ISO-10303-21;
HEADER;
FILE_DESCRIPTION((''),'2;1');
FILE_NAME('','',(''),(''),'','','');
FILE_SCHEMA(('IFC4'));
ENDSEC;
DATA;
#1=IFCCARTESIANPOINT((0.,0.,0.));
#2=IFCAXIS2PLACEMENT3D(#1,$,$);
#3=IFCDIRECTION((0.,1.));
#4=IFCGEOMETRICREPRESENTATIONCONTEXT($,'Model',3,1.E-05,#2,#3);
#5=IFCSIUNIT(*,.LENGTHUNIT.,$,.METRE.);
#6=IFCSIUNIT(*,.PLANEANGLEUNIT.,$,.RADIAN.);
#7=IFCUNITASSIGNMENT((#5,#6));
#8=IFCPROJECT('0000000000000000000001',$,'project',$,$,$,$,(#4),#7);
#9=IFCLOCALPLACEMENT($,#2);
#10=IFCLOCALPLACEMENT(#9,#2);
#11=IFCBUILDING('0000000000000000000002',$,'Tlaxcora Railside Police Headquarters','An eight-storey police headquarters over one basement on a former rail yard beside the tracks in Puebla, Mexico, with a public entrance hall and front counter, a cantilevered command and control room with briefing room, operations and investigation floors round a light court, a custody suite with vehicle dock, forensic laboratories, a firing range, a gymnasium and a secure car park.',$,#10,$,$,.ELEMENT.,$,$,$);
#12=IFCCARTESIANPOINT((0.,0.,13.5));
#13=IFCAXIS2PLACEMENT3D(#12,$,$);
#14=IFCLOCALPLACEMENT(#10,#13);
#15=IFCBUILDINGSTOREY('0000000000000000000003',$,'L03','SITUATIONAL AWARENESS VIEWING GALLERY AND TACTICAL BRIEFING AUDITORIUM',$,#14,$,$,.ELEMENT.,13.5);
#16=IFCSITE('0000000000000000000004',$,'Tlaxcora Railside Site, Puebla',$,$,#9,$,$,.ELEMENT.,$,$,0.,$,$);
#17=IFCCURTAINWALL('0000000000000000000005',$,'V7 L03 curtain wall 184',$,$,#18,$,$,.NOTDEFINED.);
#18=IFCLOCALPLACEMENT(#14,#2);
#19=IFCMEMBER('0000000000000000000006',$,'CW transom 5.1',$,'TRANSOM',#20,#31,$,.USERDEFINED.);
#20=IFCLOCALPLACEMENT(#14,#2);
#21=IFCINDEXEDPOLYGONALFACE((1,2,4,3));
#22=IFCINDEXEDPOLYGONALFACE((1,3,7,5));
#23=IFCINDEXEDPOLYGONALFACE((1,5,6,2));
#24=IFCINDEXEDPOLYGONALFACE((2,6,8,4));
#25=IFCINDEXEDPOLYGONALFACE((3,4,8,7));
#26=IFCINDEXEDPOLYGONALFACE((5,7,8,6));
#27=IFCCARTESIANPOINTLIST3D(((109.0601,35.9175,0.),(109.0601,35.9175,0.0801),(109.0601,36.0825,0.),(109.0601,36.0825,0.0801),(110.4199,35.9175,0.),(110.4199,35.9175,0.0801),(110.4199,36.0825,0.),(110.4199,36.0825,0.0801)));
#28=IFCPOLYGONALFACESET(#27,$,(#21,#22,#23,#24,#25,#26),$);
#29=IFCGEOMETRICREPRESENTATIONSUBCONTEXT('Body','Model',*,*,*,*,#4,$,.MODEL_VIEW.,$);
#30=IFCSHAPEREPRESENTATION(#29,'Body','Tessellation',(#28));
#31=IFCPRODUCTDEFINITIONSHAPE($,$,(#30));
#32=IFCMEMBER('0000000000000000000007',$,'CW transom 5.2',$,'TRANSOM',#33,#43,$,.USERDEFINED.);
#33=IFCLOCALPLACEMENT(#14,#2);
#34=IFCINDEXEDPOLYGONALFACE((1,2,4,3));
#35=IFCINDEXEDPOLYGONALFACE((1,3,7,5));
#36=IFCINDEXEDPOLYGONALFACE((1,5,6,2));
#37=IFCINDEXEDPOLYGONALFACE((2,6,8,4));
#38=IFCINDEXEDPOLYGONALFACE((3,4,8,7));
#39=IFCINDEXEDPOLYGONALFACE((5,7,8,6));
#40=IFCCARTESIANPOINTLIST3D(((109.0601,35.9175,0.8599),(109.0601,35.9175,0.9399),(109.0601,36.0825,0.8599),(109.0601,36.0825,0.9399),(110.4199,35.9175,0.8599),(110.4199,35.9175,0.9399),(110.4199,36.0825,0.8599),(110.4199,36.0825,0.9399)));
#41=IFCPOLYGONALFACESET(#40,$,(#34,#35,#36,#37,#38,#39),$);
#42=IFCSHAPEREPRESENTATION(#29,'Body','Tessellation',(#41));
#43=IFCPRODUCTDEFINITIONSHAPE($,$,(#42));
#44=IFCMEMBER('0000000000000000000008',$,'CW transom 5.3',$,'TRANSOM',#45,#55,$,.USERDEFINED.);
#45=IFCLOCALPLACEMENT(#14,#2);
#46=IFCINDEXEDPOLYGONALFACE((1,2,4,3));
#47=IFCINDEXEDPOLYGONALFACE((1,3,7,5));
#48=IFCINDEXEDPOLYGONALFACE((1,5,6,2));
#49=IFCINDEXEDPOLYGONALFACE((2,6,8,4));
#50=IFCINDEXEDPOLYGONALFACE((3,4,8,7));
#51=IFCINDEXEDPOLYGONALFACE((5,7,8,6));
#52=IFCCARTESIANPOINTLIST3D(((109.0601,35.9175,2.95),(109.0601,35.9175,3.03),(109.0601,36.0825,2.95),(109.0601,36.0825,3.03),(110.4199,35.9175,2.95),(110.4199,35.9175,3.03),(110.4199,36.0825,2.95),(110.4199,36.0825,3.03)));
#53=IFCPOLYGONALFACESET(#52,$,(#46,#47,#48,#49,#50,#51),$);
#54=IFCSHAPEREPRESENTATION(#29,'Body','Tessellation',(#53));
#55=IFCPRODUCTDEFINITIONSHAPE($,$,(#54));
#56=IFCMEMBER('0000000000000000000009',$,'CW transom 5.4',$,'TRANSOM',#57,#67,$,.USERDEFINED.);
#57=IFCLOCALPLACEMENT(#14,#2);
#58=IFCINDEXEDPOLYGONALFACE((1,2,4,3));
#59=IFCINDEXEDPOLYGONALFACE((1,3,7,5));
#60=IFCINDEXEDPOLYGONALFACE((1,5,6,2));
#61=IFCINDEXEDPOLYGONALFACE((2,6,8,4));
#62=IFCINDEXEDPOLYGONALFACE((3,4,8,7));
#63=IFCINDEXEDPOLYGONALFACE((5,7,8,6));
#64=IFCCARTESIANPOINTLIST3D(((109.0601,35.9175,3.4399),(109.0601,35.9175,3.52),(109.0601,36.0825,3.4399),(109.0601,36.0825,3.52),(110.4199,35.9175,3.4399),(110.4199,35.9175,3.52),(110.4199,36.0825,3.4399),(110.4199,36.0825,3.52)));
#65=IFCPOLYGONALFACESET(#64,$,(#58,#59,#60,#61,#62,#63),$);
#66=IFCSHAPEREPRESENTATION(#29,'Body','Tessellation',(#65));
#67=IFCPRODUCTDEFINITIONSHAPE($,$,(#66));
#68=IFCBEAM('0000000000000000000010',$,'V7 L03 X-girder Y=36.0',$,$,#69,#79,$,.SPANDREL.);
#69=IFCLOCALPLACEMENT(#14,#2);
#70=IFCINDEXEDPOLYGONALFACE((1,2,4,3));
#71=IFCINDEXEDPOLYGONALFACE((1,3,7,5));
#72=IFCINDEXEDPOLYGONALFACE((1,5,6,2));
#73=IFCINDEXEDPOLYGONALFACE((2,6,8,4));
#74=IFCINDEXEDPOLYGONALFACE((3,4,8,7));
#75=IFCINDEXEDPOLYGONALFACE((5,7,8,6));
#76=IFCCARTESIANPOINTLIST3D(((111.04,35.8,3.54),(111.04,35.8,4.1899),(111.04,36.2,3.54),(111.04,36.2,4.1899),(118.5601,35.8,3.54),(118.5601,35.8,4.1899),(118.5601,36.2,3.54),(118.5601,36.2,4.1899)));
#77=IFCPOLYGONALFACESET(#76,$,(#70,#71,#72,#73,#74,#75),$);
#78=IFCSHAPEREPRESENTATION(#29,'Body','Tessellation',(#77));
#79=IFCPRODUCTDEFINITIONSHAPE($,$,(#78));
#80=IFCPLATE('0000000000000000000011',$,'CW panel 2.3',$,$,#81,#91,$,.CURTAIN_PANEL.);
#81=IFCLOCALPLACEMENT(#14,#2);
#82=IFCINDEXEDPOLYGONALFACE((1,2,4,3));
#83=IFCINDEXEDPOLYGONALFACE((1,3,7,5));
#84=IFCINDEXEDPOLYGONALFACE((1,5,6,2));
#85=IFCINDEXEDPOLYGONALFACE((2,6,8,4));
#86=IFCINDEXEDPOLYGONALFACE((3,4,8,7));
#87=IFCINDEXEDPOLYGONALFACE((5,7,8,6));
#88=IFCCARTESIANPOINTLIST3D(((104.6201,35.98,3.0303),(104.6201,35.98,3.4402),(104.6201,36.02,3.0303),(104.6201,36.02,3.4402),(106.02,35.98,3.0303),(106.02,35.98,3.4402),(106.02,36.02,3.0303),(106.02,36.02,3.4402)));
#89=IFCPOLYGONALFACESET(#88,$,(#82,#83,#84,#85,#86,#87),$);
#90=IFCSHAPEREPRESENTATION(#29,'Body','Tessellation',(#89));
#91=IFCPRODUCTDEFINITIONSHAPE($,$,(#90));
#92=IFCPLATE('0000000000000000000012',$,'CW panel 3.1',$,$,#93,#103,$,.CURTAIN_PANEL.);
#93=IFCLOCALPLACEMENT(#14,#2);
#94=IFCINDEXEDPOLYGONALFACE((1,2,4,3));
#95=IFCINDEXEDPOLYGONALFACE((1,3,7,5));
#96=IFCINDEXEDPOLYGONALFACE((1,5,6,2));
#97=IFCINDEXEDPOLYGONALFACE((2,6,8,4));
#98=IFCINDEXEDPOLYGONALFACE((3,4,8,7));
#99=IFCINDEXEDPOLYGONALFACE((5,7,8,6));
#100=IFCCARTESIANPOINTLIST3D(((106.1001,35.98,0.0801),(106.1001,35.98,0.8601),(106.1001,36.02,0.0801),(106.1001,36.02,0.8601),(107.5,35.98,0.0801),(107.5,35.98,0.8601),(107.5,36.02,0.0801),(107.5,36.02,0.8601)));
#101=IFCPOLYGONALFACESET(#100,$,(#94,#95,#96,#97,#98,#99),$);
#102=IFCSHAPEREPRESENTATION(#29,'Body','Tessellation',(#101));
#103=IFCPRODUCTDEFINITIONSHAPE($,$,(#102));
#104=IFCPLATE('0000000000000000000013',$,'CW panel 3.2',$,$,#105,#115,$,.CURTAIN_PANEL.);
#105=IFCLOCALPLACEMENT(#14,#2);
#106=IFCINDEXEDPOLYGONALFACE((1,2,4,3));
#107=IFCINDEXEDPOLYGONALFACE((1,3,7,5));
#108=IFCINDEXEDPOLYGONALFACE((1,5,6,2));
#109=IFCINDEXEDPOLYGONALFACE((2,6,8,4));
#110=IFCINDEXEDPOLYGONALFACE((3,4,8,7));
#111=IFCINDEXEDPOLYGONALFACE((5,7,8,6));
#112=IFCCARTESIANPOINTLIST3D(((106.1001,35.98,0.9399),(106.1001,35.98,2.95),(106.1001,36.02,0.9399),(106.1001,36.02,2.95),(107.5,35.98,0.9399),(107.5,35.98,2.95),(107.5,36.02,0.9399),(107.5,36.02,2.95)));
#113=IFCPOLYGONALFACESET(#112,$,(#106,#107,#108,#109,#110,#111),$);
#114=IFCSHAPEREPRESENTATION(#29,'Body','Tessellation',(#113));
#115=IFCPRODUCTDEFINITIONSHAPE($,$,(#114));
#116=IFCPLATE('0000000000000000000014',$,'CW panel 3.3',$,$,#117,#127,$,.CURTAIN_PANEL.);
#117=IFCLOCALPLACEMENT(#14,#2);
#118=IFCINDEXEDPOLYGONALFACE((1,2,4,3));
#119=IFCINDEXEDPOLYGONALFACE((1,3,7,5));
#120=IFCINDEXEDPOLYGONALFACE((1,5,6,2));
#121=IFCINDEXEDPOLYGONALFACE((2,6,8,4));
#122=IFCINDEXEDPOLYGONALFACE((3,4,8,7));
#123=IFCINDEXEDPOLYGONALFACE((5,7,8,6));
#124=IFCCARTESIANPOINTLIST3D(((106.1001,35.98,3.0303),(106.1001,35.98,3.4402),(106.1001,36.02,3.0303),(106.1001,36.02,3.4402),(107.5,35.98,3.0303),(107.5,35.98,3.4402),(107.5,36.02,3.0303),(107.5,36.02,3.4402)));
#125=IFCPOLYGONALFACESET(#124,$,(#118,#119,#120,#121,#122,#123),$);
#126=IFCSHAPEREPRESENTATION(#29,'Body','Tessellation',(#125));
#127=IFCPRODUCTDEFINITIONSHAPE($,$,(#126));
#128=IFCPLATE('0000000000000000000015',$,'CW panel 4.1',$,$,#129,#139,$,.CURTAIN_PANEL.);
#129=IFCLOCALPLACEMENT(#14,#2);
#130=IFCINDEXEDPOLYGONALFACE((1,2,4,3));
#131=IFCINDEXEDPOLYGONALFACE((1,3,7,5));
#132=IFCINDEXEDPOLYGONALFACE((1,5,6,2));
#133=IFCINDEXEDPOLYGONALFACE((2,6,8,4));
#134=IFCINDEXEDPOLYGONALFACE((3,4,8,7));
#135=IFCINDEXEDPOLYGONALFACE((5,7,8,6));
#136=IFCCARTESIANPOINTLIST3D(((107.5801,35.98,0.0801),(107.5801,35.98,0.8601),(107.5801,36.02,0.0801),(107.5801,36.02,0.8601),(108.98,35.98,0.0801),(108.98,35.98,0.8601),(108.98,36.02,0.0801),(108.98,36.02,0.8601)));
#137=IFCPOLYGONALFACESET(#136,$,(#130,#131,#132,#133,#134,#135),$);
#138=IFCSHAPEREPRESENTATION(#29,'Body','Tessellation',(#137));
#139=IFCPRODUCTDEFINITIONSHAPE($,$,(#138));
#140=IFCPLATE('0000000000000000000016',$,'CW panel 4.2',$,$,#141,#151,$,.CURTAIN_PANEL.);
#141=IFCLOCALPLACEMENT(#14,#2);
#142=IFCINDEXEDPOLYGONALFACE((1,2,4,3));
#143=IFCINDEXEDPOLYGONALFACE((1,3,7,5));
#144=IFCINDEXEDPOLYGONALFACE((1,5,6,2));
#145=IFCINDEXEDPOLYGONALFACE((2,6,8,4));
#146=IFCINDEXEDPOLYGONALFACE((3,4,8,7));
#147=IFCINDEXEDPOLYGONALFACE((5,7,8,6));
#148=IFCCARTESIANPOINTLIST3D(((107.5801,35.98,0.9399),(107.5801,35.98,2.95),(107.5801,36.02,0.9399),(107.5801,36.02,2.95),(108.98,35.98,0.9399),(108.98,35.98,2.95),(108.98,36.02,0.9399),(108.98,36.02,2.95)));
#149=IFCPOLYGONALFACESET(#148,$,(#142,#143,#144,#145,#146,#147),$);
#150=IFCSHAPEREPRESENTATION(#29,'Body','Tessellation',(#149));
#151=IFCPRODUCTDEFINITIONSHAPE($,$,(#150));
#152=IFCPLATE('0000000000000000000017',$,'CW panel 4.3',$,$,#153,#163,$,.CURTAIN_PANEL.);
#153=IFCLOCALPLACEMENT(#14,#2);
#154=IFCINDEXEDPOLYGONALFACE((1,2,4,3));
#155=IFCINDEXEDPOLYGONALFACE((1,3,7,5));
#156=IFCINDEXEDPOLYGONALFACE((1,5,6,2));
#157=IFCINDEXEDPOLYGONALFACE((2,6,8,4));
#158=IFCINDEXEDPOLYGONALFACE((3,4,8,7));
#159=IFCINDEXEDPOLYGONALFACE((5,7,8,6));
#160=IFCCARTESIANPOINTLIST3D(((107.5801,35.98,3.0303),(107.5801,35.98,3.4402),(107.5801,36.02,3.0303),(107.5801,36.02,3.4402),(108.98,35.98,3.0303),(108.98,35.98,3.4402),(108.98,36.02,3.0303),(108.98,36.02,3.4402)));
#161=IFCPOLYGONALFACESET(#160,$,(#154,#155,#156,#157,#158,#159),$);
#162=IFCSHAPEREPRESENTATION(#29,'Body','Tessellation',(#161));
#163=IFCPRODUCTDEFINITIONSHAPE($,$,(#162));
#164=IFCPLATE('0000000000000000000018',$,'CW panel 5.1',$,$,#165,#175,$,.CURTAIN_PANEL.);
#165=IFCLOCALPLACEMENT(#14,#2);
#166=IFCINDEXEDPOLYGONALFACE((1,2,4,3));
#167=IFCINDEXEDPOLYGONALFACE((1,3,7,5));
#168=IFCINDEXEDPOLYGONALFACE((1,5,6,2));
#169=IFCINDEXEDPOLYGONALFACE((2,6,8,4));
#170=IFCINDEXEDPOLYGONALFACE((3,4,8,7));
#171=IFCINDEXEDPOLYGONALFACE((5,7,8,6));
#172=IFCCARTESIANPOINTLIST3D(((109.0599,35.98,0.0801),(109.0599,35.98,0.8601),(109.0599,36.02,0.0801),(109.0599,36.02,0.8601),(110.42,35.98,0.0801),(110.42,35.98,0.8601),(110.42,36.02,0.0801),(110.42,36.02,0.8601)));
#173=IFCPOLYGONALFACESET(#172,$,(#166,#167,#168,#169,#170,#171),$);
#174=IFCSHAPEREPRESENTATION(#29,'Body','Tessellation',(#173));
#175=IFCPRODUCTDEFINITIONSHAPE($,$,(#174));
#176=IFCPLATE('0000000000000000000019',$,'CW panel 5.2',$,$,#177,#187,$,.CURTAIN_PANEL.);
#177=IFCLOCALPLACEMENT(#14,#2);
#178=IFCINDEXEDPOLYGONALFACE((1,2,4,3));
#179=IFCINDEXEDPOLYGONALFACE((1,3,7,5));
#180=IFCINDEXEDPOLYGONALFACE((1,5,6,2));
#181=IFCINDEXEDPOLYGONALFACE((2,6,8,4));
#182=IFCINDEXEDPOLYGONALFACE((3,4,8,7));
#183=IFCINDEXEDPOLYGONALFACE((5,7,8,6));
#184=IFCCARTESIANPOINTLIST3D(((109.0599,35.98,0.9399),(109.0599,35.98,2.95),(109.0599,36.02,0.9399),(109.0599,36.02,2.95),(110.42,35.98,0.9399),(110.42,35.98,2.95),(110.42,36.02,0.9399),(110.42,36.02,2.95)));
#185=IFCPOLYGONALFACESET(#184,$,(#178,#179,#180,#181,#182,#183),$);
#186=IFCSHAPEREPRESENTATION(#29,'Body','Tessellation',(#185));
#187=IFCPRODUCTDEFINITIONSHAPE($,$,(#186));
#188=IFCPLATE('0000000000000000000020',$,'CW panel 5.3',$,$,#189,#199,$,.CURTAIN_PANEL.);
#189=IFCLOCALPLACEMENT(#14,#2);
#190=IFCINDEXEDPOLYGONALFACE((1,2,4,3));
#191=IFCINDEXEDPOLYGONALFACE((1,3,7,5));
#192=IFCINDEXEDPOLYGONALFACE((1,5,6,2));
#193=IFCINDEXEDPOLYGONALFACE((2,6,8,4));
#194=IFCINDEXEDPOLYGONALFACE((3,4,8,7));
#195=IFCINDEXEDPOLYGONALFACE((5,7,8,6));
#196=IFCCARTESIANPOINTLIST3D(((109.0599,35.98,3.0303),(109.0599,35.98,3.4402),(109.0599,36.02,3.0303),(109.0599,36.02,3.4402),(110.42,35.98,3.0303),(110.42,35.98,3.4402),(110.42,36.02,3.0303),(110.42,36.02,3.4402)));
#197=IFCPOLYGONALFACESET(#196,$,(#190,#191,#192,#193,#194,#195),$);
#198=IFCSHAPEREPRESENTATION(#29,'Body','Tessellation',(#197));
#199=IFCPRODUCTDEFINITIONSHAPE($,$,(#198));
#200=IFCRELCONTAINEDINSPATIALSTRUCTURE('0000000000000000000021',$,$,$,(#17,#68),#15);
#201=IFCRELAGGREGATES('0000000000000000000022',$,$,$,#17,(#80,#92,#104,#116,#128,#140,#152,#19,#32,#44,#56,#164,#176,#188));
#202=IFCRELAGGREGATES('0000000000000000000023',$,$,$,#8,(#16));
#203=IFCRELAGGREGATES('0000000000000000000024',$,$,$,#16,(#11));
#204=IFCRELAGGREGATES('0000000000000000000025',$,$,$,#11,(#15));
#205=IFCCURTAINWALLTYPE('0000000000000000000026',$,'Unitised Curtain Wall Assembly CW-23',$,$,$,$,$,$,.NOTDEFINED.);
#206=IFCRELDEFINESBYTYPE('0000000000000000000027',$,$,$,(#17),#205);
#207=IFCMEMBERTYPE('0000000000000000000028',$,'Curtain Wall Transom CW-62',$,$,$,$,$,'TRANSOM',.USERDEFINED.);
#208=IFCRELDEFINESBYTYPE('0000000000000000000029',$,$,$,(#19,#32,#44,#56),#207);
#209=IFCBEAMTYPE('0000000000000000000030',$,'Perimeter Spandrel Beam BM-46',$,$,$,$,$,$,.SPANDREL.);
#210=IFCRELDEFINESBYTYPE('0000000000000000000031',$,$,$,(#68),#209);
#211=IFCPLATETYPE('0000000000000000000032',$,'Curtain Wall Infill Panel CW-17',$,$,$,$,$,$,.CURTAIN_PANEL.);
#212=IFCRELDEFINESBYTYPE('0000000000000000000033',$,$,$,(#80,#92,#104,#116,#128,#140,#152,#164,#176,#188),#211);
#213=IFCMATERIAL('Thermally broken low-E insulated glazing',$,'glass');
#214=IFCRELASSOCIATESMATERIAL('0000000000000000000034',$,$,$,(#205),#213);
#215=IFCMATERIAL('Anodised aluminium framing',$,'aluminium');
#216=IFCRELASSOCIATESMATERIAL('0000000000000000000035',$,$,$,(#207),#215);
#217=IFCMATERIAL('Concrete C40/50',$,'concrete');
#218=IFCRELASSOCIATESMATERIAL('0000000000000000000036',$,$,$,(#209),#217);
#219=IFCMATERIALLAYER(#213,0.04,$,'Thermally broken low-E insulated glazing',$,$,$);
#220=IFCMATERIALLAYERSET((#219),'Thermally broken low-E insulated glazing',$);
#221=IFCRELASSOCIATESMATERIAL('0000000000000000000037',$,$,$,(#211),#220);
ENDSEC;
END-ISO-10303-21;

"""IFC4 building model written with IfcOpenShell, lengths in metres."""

from ifc_helpers import new_model, si_unit, direction, frame, origin, origin_2d, place, context, subcontext, project, spatial, rectangle, extrude, material, layer, layer_set, material_profile, profile_set, type_object, element, aggregate, save


model = new_model("IFC4")

# Units and contexts
model_context = context("Model", 3, precision=1e-05, world=origin(), true_north=direction((0.0, 1.0)))
body_context = subcontext(model_context, "Body", "Model", "MODEL_VIEW")
ifc_project = project(units=[si_unit("LENGTHUNIT", "METRE"), si_unit("PLANEANGLEUNIT", "RADIAN")], contexts=[model_context])

# Site, building, storey
site_placement = place(None, origin())
site = spatial("IfcSite", under=ifc_project, at=site_placement, Name="Tlaxcora Railside Site, Puebla", CompositionType="ELEMENT", RefElevation=0.0)
building_placement = place(site_placement, origin())
building = spatial("IfcBuilding", under=site, at=building_placement, Name="Tlaxcora Railside Police Headquarters", Description="An eight-storey police headquarters over one basement on a former rail yard beside the tracks in Puebla, Mexico, with a public entrance hall and front counter, a cantilevered command and control room with briefing room, operations and investigation floors round a light court, a custody suite with vehicle dock, forensic laboratories, a firing range, a gymnasium and a secure car park.", CompositionType="ELEMENT")
storey_placement = place(building_placement, frame((0.0, 0.0, 13.5)))
storey = spatial("IfcBuildingStorey", under=building, at=storey_placement, Name="L03", Description="SITUATIONAL AWARENESS VIEWING GALLERY AND TACTICAL BRIEFING AUDITORIUM", CompositionType="ELEMENT", Elevation=13.5)

# Shared definitions
ifc_material_1 = material(Name="Concrete C40/50", Category="concrete")

# Curtain wall
ifc_material_2 = material(Name="Thermally broken low-E insulated glazing", Category="glass")
curtain_wall_type_1 = type_object("IfcCurtainWallType", Name="Unitised Curtain Wall Assembly CW-23", PredefinedType="NOTDEFINED", material=ifc_material_2)
curtain_wall_1_placement = place(storey_placement, origin())
curtain_wall_1 = element("IfcCurtainWall", 1, at=curtain_wall_1_placement, inside=storey, type_object=curtain_wall_type_1, Name="V7 L03 curtain wall 184", PredefinedType="NOTDEFINED")
ifc_material_3 = material(Name="Anodised aluminium framing", Category="aluminium")

# Members
ifc_material_profile_1 = material_profile(ifc_material_3, rectangle(XDim=0.165, YDim=0.0801, at=origin_2d()), Name="AL80X165")
ifc_profile_set_1 = profile_set([ifc_material_profile_1], Name="Anodised aluminium framing")
member_type_1 = type_object("IfcMemberType", Name="Curtain Wall Transom CW-62", ElementType="TRANSOM", PredefinedType="USERDEFINED", material=ifc_profile_set_1)
member_1_placement = place(storey_placement, frame((109.0601, 36.0, 0.04), z_axis=(1.0, 0.0, 0.0), x_axis=(0.0, 1.0, 0.0)))
member_1 = element("IfcMember", 2, at=member_1_placement, type_object=member_type_1, Name="CW transom 5.1", ObjectType="TRANSOM", PredefinedType="USERDEFINED", context=body_context, shape_type="SweptSolid", body=[
    extrude(rectangle(XDim=0.165, YDim=0.0801, at=origin_2d()), origin(), (0.0, 0.0, 1.0), 1.3599),
])
member_2_placement = place(storey_placement, frame((109.0601, 36.0, 0.8999), z_axis=(1.0, 0.0, 0.0), x_axis=(0.0, 1.0, 0.0)))
member_2 = element("IfcMember", 3, at=member_2_placement, type_object=member_type_1, Name="CW transom 5.2", ObjectType="TRANSOM", PredefinedType="USERDEFINED", context=body_context, shape_type="SweptSolid", body=[
    extrude(rectangle(XDim=0.165, YDim=0.0801, at=origin_2d()), origin(), (0.0, 0.0, 1.0), 1.3599),
])
member_3_placement = place(storey_placement, frame((109.0601, 36.0, 2.99), z_axis=(1.0, 0.0, 0.0), x_axis=(0.0, 1.0, 0.0)))
member_3 = element("IfcMember", 4, at=member_3_placement, type_object=member_type_1, Name="CW transom 5.3", ObjectType="TRANSOM", PredefinedType="USERDEFINED", context=body_context, shape_type="SweptSolid", body=[
    extrude(rectangle(XDim=0.165, YDim=0.0801, at=origin_2d()), origin(), (0.0, 0.0, 1.0), 1.3599),
])
member_4_placement = place(storey_placement, frame((109.0601, 36.0, 3.48), z_axis=(1.0, 0.0, 0.0), x_axis=(0.0, 1.0, 0.0)))
member_4 = element("IfcMember", 5, at=member_4_placement, type_object=member_type_1, Name="CW transom 5.4", ObjectType="TRANSOM", PredefinedType="USERDEFINED", context=body_context, shape_type="SweptSolid", body=[
    extrude(rectangle(XDim=0.165, YDim=0.0801, at=origin_2d()), origin(), (0.0, 0.0, 1.0), 1.3599),
])

# Beam
ifc_material_profile_2 = material_profile(ifc_material_1, rectangle(XDim=0.3999, YDim=0.6499, at=origin_2d()), Name="RC400X650")
ifc_profile_set_2 = profile_set([ifc_material_profile_2], Name="Concrete C40/50")
beam_type = type_object("IfcBeamType", Name="Perimeter Spandrel Beam BM-46", PredefinedType="SPANDREL", material=ifc_profile_set_2)
beam_placement = place(storey_placement, frame((111.04, 36.0, 3.865), z_axis=(1.0, 0.0, 0.0), x_axis=(0.0, 1.0, 0.0)))
element("IfcBeam", 6, at=beam_placement, inside=storey, type_object=beam_type, Name="V7 L03 X-girder Y=36.0", PredefinedType="SPANDREL", context=body_context, shape_type="SweptSolid", body=[
    extrude(rectangle(XDim=0.3999, YDim=0.6499, at=origin_2d()), origin(), (0.0, 0.0, 1.0), 7.52),
])

# Plates
ifc_layer_1 = layer(ifc_material_2, 0.04, Name="Thermally broken low-E insulated glazing")
ifc_layer_set_1 = layer_set([ifc_layer_1], Name="Thermally broken low-E insulated glazing")
plate_type = type_object("IfcPlateType", Name="Curtain Wall Infill Panel CW-17", PredefinedType="CURTAIN_PANEL", material=ifc_layer_set_1)
plate_1_placement = place(storey_placement, frame((105.3201, 36.0, 3.0303), z_axis=(0.0, 0.0, 1.0), x_axis=(1.0, 0.0, 0.0)))
plate_1 = element("IfcPlate", 7, at=plate_1_placement, type_object=plate_type, Name="CW panel 2.3", PredefinedType="CURTAIN_PANEL", context=body_context, shape_type="SweptSolid", body=[
    extrude(rectangle(XDim=1.3999, YDim=0.04, at=origin_2d()), origin(), (0.0, 0.0, 1.0), 0.4099),
])
plate_2_placement = place(storey_placement, frame((106.8, 36.0, 0.0801), z_axis=(0.0, 0.0, 1.0), x_axis=(1.0, 0.0, 0.0)))
plate_2 = element("IfcPlate", 8, at=plate_2_placement, type_object=plate_type, Name="CW panel 3.1", PredefinedType="CURTAIN_PANEL", context=body_context, shape_type="SweptSolid", body=[
    extrude(rectangle(XDim=1.3999, YDim=0.04, at=origin_2d()), origin(), (0.0, 0.0, 1.0), 0.78),
])
plate_3_placement = place(storey_placement, frame((106.8, 36.0, 0.9399), z_axis=(0.0, 0.0, 1.0), x_axis=(1.0, 0.0, 0.0)))
plate_3 = element("IfcPlate", 9, at=plate_3_placement, type_object=plate_type, Name="CW panel 3.2", PredefinedType="CURTAIN_PANEL", context=body_context, shape_type="SweptSolid", body=[
    extrude(rectangle(XDim=1.3999, YDim=0.04, at=origin_2d()), origin(), (0.0, 0.0, 1.0), 2.01),
])
plate_4_placement = place(storey_placement, frame((106.8, 36.0, 3.0303), z_axis=(0.0, 0.0, 1.0), x_axis=(1.0, 0.0, 0.0)))
plate_4 = element("IfcPlate", 10, at=plate_4_placement, type_object=plate_type, Name="CW panel 3.3", PredefinedType="CURTAIN_PANEL", context=body_context, shape_type="SweptSolid", body=[
    extrude(rectangle(XDim=1.3999, YDim=0.04, at=origin_2d()), origin(), (0.0, 0.0, 1.0), 0.4099),
])
plate_5_placement = place(storey_placement, frame((108.28, 36.0, 0.0801), z_axis=(0.0, 0.0, 1.0), x_axis=(1.0, 0.0, 0.0)))
plate_5 = element("IfcPlate", 11, at=plate_5_placement, type_object=plate_type, Name="CW panel 4.1", PredefinedType="CURTAIN_PANEL", context=body_context, shape_type="SweptSolid", body=[
    extrude(rectangle(XDim=1.3999, YDim=0.04, at=origin_2d()), origin(), (0.0, 0.0, 1.0), 0.78),
])
plate_6_placement = place(storey_placement, frame((108.28, 36.0, 0.9399), z_axis=(0.0, 0.0, 1.0), x_axis=(1.0, 0.0, 0.0)))
plate_6 = element("IfcPlate", 12, at=plate_6_placement, type_object=plate_type, Name="CW panel 4.2", PredefinedType="CURTAIN_PANEL", context=body_context, shape_type="SweptSolid", body=[
    extrude(rectangle(XDim=1.3999, YDim=0.04, at=origin_2d()), origin(), (0.0, 0.0, 1.0), 2.01),
])
plate_7_placement = place(storey_placement, frame((108.28, 36.0, 3.0303), z_axis=(0.0, 0.0, 1.0), x_axis=(1.0, 0.0, 0.0)))
plate_7 = element("IfcPlate", 13, at=plate_7_placement, type_object=plate_type, Name="CW panel 4.3", PredefinedType="CURTAIN_PANEL", context=body_context, shape_type="SweptSolid", body=[
    extrude(rectangle(XDim=1.3999, YDim=0.04, at=origin_2d()), origin(), (0.0, 0.0, 1.0), 0.4099),
])
plate_8_placement = place(storey_placement, frame((109.74, 36.0, 0.0801), z_axis=(0.0, 0.0, 1.0), x_axis=(1.0, 0.0, 0.0)))
plate_8 = element("IfcPlate", 14, at=plate_8_placement, type_object=plate_type, Name="CW panel 5.1", PredefinedType="CURTAIN_PANEL", context=body_context, shape_type="SweptSolid", body=[
    extrude(rectangle(XDim=1.3601, YDim=0.04, at=origin_2d()), origin(), (0.0, 0.0, 1.0), 0.78),
])
plate_9_placement = place(storey_placement, frame((109.74, 36.0, 0.9399), z_axis=(0.0, 0.0, 1.0), x_axis=(1.0, 0.0, 0.0)))
plate_9 = element("IfcPlate", 15, at=plate_9_placement, type_object=plate_type, Name="CW panel 5.2", PredefinedType="CURTAIN_PANEL", context=body_context, shape_type="SweptSolid", body=[
    extrude(rectangle(XDim=1.3601, YDim=0.04, at=origin_2d()), origin(), (0.0, 0.0, 1.0), 2.01),
])
plate_10_placement = place(storey_placement, frame((109.74, 36.0, 3.0303), z_axis=(0.0, 0.0, 1.0), x_axis=(1.0, 0.0, 0.0)))
plate_10 = element("IfcPlate", 16, at=plate_10_placement, type_object=plate_type, Name="CW panel 5.3", PredefinedType="CURTAIN_PANEL", context=body_context, shape_type="SweptSolid", body=[
    extrude(rectangle(XDim=1.3601, YDim=0.04, at=origin_2d()), origin(), (0.0, 0.0, 1.0), 0.4099),
])
aggregate(curtain_wall_1, [plate_1, plate_2, plate_3, plate_4, plate_5, plate_6, plate_7, member_1, member_2, member_3, member_4, plate_8, plate_9, plate_10])

save(model, "model.ifc")
